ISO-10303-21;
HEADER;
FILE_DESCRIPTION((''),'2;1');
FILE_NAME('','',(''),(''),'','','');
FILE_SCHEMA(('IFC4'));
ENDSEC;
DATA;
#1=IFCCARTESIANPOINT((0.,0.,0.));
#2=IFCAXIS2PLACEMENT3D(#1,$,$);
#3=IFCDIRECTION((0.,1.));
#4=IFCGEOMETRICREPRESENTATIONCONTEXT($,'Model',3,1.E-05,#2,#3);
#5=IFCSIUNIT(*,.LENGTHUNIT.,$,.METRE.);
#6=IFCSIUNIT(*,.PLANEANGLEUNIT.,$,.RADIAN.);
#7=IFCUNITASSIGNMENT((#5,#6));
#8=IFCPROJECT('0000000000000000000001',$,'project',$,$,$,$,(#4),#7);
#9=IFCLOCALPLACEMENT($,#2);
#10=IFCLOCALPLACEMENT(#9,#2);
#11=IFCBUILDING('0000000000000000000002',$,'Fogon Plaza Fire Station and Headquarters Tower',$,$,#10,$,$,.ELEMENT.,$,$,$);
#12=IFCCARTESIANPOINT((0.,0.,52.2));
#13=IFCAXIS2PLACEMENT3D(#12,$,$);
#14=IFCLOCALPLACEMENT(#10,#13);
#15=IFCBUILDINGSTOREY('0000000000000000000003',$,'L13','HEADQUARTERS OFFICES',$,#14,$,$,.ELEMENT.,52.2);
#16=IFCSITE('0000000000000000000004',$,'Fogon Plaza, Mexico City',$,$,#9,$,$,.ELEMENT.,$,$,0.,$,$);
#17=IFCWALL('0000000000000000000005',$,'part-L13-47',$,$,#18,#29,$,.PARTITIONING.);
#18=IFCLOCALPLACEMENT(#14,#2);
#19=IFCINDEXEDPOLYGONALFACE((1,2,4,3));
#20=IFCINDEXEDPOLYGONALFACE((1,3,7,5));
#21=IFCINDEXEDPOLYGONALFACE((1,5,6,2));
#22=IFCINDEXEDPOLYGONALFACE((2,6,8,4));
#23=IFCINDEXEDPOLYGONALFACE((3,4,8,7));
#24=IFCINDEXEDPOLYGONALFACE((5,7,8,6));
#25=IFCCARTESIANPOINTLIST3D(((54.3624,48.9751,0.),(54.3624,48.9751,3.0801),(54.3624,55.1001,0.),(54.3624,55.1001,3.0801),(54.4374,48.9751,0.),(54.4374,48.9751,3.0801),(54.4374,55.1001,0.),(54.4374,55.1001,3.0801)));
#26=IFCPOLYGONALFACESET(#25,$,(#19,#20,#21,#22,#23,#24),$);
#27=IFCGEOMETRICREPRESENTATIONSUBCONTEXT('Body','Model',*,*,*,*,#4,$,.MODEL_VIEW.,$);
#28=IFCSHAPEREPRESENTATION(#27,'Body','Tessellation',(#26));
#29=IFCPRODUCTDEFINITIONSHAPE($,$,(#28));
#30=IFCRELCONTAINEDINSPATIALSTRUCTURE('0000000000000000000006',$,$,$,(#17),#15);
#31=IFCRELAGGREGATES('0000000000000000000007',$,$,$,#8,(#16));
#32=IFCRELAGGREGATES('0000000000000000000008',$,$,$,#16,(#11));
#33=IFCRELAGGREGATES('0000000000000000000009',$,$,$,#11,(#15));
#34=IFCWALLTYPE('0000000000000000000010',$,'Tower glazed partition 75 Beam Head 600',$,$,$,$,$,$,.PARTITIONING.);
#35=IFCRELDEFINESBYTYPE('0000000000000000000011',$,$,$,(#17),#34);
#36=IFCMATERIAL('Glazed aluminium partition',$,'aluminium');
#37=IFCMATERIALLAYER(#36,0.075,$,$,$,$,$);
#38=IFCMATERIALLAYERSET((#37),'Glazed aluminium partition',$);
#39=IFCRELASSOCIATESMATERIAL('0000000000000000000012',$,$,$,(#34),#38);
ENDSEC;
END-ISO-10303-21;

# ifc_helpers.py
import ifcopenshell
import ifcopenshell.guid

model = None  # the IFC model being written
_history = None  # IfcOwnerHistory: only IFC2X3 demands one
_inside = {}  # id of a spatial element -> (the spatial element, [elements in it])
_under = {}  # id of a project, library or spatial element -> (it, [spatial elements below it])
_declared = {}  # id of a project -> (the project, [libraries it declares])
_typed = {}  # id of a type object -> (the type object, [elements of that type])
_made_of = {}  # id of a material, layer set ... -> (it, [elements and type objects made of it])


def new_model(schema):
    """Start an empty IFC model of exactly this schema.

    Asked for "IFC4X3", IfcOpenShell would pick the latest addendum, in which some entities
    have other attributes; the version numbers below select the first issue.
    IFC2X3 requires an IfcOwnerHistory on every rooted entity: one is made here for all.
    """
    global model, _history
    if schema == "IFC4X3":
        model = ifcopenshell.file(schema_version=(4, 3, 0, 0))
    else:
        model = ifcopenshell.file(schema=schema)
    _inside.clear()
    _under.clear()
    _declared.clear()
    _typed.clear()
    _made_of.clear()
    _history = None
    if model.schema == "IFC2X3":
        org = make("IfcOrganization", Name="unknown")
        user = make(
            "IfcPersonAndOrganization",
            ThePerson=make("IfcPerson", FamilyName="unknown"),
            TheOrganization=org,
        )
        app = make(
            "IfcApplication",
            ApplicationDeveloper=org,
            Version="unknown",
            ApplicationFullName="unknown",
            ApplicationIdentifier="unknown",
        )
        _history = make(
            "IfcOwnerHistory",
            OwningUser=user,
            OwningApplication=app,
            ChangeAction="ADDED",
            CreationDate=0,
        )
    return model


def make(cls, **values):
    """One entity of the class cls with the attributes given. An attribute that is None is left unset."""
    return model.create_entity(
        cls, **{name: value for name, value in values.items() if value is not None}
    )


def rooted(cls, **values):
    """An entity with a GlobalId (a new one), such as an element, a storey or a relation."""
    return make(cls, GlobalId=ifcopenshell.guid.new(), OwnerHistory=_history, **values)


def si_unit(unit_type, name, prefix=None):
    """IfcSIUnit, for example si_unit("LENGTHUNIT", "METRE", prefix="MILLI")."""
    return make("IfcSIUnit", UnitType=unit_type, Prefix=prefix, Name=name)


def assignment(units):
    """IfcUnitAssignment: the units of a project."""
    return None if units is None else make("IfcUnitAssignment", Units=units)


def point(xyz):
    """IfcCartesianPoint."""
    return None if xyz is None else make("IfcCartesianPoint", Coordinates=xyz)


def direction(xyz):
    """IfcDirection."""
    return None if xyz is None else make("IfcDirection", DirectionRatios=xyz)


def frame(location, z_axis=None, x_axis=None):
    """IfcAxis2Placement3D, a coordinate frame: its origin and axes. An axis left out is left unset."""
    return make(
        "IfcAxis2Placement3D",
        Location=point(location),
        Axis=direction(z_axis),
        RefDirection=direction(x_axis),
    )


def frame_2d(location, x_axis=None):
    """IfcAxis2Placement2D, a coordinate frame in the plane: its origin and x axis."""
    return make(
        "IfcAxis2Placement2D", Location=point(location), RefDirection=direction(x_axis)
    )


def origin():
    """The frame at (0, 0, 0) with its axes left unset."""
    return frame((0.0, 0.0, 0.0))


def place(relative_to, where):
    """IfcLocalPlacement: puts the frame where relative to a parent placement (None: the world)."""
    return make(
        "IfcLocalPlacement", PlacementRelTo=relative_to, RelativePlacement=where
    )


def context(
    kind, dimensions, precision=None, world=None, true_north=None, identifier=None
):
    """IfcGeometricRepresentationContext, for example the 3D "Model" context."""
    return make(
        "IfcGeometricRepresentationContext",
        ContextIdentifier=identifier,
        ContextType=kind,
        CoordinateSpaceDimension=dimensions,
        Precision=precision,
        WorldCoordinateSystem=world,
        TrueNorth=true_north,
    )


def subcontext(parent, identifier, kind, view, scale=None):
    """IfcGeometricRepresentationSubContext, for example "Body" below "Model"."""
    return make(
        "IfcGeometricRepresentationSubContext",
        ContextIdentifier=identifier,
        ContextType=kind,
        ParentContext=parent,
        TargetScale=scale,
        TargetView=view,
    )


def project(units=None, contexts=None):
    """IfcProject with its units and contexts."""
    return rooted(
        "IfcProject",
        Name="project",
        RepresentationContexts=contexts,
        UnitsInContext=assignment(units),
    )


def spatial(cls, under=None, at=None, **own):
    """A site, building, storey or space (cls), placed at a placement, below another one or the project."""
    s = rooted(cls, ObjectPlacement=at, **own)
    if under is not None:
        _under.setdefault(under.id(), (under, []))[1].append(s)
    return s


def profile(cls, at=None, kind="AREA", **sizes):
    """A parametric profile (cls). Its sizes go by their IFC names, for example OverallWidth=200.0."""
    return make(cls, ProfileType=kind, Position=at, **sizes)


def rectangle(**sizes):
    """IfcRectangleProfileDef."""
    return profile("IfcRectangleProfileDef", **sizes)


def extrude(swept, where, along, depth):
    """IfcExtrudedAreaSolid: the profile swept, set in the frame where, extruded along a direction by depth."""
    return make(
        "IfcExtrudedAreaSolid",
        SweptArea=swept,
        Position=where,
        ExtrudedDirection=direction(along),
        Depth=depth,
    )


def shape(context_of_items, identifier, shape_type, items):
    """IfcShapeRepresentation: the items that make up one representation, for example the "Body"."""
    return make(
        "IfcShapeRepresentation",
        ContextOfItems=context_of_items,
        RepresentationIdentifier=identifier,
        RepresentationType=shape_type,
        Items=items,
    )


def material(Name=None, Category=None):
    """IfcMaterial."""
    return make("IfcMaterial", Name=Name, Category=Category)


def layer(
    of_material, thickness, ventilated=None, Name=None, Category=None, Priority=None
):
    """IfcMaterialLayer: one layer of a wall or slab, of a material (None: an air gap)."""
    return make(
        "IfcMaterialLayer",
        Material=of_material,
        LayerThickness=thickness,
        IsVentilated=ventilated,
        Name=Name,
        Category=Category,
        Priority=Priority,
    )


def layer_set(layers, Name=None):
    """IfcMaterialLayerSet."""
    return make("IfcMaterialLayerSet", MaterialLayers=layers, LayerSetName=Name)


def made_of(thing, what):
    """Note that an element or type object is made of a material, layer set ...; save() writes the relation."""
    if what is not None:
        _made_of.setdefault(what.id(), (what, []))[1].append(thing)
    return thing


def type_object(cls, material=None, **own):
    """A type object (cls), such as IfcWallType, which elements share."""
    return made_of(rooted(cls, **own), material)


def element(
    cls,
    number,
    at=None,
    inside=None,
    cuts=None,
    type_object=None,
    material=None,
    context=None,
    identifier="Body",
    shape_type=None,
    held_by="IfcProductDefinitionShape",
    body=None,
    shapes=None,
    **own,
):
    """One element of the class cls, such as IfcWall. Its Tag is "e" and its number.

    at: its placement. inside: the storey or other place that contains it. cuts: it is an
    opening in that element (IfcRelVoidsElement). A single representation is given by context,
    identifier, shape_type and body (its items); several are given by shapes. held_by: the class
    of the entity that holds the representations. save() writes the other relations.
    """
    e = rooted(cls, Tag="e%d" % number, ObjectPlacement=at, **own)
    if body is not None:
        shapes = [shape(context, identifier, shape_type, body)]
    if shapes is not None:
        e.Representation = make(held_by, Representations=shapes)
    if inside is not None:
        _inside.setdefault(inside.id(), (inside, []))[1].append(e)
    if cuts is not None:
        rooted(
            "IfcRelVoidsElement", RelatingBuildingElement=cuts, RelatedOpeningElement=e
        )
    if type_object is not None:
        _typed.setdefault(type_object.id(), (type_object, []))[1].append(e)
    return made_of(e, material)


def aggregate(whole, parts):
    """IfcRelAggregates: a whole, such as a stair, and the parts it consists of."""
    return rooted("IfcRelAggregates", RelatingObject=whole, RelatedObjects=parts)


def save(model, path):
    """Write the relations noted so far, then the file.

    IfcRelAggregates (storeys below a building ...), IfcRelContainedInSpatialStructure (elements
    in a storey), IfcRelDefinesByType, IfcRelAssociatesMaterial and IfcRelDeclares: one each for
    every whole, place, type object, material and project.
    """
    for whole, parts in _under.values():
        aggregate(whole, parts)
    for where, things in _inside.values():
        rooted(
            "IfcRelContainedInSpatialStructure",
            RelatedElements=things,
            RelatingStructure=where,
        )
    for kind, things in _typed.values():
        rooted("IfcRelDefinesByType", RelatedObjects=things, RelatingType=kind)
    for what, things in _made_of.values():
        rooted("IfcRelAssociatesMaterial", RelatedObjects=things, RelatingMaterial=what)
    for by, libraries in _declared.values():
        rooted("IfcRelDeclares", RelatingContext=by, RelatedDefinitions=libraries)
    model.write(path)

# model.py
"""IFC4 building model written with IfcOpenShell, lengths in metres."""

from ifc_helpers import new_model, si_unit, direction, frame, frame_2d, origin, place, context, subcontext, project, spatial, rectangle, extrude, material, layer, layer_set, type_object, element, save


model = new_model("IFC4")

# Units and contexts
model_context = context("Model", 3, precision=1e-05, world=origin(), true_north=direction((0.0, 1.0)))
body_context = subcontext(model_context, "Body", "Model", "MODEL_VIEW")
ifc_project = project(units=[si_unit("LENGTHUNIT", "METRE"), si_unit("PLANEANGLEUNIT", "RADIAN")], contexts=[model_context])

# Site, building, storey
site_placement = place(None, origin())
site = spatial("IfcSite", under=ifc_project, at=site_placement, Name="Fogon Plaza, Mexico City", CompositionType="ELEMENT", RefElevation=0.0)
building_placement = place(site_placement, origin())
building = spatial("IfcBuilding", under=site, at=building_placement, Name="Fogon Plaza Fire Station and Headquarters Tower", CompositionType="ELEMENT")
storey_placement = place(building_placement, frame((0.0, 0.0, 52.2)))
storey = spatial("IfcBuildingStorey", under=building, at=storey_placement, Name="L13", Description="HEADQUARTERS OFFICES", CompositionType="ELEMENT", Elevation=52.2)

# Wall
ifc_material_1 = material(Name="Glazed aluminium partition", Category="aluminium")
ifc_layer_1 = layer(ifc_material_1, 0.075)
ifc_layer_set_1 = layer_set([ifc_layer_1], Name="Glazed aluminium partition")
wall_type_1 = type_object("IfcWallType", Name="Tower glazed partition 75 Beam Head 600", PredefinedType="PARTITIONING", material=ifc_layer_set_1)
wall_1_placement = place(storey_placement, frame((54.3999, 48.9751, 0.0), z_axis=(0.0, 0.0, 1.0), x_axis=(0.0, 1.0, 0.0)))
element("IfcWall", 1, at=wall_1_placement, inside=storey, type_object=wall_type_1, Name="part-L13-47", PredefinedType="PARTITIONING", context=body_context, shape_type="SweptSolid", body=[
    extrude(rectangle(XDim=6.125, YDim=0.075, at=frame_2d((3.0625, 0.0))), origin(), (0.0, 0.0, 1.0), 3.0801),
])

save(model, "model.ifc")
